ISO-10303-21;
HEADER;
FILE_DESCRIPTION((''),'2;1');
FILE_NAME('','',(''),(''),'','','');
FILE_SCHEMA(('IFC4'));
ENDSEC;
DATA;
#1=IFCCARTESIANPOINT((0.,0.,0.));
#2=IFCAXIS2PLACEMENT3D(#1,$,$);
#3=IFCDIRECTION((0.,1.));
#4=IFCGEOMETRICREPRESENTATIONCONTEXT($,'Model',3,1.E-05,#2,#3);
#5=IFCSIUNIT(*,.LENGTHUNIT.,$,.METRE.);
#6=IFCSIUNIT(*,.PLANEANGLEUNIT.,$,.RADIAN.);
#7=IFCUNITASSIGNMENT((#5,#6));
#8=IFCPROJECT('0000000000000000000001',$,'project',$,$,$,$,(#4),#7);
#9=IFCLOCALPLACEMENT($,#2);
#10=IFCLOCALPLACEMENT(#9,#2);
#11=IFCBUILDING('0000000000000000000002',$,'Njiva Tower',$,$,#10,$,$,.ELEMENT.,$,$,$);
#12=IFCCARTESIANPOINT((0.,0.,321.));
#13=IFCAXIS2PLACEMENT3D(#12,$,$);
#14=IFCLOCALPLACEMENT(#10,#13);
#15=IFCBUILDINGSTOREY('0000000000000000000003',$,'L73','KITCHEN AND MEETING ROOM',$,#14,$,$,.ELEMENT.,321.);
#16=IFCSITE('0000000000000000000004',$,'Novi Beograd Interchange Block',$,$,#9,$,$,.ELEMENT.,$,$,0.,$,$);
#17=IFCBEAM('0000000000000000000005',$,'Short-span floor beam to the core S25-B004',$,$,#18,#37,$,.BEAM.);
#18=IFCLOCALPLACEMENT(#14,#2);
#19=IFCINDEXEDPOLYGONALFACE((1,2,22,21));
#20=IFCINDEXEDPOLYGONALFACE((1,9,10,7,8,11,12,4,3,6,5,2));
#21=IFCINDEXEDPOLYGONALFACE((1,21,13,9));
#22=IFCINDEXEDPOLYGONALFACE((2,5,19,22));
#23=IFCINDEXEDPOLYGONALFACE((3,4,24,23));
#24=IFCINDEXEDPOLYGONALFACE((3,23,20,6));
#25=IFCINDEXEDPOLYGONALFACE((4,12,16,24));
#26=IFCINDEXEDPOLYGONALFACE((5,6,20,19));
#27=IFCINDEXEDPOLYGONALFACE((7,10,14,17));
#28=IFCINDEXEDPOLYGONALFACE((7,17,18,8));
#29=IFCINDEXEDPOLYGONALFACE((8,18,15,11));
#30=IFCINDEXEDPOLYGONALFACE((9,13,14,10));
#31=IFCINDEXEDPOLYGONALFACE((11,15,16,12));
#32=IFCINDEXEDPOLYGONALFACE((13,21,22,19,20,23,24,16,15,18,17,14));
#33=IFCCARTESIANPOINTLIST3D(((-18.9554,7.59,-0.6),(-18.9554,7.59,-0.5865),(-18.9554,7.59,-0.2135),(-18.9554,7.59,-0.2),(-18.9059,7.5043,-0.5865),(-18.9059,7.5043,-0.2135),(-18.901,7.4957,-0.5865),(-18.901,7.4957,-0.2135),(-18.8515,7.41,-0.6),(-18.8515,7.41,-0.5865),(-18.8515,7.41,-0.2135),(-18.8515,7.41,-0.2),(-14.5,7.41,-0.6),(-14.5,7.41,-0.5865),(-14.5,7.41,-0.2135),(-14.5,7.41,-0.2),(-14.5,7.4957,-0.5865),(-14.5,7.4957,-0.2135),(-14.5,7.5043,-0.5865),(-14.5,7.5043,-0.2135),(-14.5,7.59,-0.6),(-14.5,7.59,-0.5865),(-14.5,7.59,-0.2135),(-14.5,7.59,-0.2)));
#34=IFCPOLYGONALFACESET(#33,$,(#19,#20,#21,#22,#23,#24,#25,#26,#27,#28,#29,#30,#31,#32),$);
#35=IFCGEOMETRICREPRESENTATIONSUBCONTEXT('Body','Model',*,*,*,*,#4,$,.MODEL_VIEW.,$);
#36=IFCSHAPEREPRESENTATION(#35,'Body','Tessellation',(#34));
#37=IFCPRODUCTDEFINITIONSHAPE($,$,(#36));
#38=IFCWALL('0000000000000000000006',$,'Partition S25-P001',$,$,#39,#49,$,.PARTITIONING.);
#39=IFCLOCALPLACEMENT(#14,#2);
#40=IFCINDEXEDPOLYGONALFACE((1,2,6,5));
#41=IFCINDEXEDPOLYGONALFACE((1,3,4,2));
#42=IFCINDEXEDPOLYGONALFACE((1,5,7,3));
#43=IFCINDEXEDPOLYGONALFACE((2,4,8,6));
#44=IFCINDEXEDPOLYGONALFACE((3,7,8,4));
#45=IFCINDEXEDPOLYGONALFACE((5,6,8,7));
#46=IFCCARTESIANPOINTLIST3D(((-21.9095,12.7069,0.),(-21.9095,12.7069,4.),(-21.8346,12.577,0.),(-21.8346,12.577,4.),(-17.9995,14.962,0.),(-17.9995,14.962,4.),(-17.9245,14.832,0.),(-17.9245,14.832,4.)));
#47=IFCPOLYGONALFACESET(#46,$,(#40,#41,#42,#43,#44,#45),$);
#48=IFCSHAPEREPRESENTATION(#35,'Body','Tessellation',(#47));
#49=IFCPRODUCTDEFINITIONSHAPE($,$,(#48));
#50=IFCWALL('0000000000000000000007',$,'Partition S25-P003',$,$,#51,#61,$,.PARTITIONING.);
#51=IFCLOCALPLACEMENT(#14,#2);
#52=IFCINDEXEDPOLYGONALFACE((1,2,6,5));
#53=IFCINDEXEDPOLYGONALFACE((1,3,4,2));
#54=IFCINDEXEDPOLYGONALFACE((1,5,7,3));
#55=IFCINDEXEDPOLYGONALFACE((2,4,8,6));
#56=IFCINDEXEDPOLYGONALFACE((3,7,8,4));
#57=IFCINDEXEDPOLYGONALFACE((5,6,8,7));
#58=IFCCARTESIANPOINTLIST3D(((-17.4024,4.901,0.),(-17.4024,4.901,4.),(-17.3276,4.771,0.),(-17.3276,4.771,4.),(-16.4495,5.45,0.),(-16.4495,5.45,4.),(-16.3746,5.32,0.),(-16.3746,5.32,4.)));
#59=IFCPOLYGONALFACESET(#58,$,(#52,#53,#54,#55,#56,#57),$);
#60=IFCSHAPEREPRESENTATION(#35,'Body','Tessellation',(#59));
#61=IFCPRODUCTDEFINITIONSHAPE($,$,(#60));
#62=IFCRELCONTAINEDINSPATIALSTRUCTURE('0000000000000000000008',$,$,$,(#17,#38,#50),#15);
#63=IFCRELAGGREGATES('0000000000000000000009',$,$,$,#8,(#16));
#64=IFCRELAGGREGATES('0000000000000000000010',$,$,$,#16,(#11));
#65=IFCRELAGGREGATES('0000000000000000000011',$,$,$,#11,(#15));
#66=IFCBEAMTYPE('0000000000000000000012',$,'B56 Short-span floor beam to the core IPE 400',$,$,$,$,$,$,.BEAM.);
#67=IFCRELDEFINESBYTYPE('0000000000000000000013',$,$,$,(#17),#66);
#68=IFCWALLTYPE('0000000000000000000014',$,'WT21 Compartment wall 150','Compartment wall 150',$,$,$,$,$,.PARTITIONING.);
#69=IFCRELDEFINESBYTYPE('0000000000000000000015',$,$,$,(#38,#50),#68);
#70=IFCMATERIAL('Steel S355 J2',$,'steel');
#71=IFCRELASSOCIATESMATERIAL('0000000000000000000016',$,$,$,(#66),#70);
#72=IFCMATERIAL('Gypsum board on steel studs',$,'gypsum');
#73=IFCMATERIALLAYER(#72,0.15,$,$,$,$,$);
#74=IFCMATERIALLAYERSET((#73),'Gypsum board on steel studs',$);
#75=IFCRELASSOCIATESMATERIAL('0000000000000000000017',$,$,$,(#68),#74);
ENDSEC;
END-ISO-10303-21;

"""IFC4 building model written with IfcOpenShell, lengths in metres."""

from ifc_helpers import new_model, si_unit, direction, frame, frame_2d, origin, origin_2d, place, context, subcontext, project, spatial, rectangle, i_section, extrude, clip, halfspace, material, layer, layer_set, material_profile, profile_set, type_object, element, save


model = new_model("IFC4")

# Units and contexts
model_context = context("Model", 3, precision=1e-05, world=origin(), true_north=direction((0.0, 1.0)))
body_context = subcontext(model_context, "Body", "Model", "MODEL_VIEW")
ifc_project = project(units=[si_unit("LENGTHUNIT", "METRE"), si_unit("PLANEANGLEUNIT", "RADIAN")], contexts=[model_context])

# Site, building, storey
site_placement = place(None, origin())
site = spatial("IfcSite", under=ifc_project, at=site_placement, Name="Novi Beograd Interchange Block", CompositionType="ELEMENT", RefElevation=0.0)
building_placement = place(site_placement, origin())
building = spatial("IfcBuilding", under=site, at=building_placement, Name="Njiva Tower", CompositionType="ELEMENT")
storey_placement = place(building_placement, frame((0.0, 0.0, 321.0)))
storey = spatial("IfcBuildingStorey", under=building, at=storey_placement, Name="L73", Description="KITCHEN AND MEETING ROOM", CompositionType="ELEMENT", Elevation=321.0)

# Shared definitions
ifc_material_1 = material(Name="Steel S355 J2", Category="steel")

# Beam
ifc_material_profile_1 = material_profile(ifc_material_1, i_section(OverallWidth=0.18, OverallDepth=0.4, WebThickness=0.0086, FlangeThickness=0.0135, at=origin_2d()), Name="IPE 400")
ifc_profile_set_1 = profile_set([ifc_material_profile_1], Name="Steel S355 J2")
beam_type_1 = type_object("IfcBeamType", Name="B56 Short-span floor beam to the core IPE 400", PredefinedType="BEAM", material=ifc_profile_set_1)
beam_1_placement = place(storey_placement, frame((-18.975, 7.5, -0.4), z_axis=(1.0, 0.0, 0.0), x_axis=(0.0, 1.0, 0.0)))
element("IfcBeam", 1, at=beam_1_placement, inside=storey, type_object=beam_type_1, Name="Short-span floor beam to the core S25-B004", PredefinedType="BEAM", context=body_context, shape_type="Clipping", body=[
    clip(extrude(i_section(OverallWidth=0.18, OverallDepth=0.4, WebThickness=0.0086, FlangeThickness=0.0135, at=origin_2d()), origin(), (0.0, 0.0, 1.0), 4.475), halfspace(frame((-0.025, 0.0, 0.086), z_axis=(-0.499998, 0.0, -0.866027), x_axis=(0.0, -1.0, 0.0)), False)),
])

# Walls
ifc_material_2 = material(Name="Gypsum board on steel studs", Category="gypsum")
ifc_layer = layer(ifc_material_2, 0.15)
ifc_layer_set = layer_set([ifc_layer], Name="Gypsum board on steel studs")
wall_type = type_object("IfcWallType", Name="WT21 Compartment wall 150", Description="Compartment wall 150", PredefinedType="PARTITIONING", material=ifc_layer_set)
wall_1_placement = place(storey_placement, frame((-21.872, 12.642, 0.0), z_axis=(0.0, 0.0, 1.0), x_axis=(0.866259, 0.499595, 0.0)))
element("IfcWall", 2, at=wall_1_placement, inside=storey, type_object=wall_type, Name="Partition S25-P001", PredefinedType="PARTITIONING", context=body_context, shape_type="SweptSolid", body=[
    extrude(rectangle(XDim=4.5137, YDim=0.15, at=frame_2d((2.2568, 0.0))), origin(), (0.0, 0.0, 1.0), 4.0),
])
wall_2_placement = place(storey_placement, frame((-17.365, 4.836, 0.0), z_axis=(0.0, 0.0, 1.0), x_axis=(0.866503, 0.499171, 0.0)))
element("IfcWall", 3, at=wall_2_placement, inside=storey, type_object=wall_type, Name="Partition S25-P003", PredefinedType="PARTITIONING", context=body_context, shape_type="SweptSolid", body=[
    extrude(rectangle(XDim=1.0998, YDim=0.15, at=frame_2d((0.5499, 0.0))), origin(), (0.0, 0.0, 1.0), 4.0),
])

save(model, "model.ifc")
